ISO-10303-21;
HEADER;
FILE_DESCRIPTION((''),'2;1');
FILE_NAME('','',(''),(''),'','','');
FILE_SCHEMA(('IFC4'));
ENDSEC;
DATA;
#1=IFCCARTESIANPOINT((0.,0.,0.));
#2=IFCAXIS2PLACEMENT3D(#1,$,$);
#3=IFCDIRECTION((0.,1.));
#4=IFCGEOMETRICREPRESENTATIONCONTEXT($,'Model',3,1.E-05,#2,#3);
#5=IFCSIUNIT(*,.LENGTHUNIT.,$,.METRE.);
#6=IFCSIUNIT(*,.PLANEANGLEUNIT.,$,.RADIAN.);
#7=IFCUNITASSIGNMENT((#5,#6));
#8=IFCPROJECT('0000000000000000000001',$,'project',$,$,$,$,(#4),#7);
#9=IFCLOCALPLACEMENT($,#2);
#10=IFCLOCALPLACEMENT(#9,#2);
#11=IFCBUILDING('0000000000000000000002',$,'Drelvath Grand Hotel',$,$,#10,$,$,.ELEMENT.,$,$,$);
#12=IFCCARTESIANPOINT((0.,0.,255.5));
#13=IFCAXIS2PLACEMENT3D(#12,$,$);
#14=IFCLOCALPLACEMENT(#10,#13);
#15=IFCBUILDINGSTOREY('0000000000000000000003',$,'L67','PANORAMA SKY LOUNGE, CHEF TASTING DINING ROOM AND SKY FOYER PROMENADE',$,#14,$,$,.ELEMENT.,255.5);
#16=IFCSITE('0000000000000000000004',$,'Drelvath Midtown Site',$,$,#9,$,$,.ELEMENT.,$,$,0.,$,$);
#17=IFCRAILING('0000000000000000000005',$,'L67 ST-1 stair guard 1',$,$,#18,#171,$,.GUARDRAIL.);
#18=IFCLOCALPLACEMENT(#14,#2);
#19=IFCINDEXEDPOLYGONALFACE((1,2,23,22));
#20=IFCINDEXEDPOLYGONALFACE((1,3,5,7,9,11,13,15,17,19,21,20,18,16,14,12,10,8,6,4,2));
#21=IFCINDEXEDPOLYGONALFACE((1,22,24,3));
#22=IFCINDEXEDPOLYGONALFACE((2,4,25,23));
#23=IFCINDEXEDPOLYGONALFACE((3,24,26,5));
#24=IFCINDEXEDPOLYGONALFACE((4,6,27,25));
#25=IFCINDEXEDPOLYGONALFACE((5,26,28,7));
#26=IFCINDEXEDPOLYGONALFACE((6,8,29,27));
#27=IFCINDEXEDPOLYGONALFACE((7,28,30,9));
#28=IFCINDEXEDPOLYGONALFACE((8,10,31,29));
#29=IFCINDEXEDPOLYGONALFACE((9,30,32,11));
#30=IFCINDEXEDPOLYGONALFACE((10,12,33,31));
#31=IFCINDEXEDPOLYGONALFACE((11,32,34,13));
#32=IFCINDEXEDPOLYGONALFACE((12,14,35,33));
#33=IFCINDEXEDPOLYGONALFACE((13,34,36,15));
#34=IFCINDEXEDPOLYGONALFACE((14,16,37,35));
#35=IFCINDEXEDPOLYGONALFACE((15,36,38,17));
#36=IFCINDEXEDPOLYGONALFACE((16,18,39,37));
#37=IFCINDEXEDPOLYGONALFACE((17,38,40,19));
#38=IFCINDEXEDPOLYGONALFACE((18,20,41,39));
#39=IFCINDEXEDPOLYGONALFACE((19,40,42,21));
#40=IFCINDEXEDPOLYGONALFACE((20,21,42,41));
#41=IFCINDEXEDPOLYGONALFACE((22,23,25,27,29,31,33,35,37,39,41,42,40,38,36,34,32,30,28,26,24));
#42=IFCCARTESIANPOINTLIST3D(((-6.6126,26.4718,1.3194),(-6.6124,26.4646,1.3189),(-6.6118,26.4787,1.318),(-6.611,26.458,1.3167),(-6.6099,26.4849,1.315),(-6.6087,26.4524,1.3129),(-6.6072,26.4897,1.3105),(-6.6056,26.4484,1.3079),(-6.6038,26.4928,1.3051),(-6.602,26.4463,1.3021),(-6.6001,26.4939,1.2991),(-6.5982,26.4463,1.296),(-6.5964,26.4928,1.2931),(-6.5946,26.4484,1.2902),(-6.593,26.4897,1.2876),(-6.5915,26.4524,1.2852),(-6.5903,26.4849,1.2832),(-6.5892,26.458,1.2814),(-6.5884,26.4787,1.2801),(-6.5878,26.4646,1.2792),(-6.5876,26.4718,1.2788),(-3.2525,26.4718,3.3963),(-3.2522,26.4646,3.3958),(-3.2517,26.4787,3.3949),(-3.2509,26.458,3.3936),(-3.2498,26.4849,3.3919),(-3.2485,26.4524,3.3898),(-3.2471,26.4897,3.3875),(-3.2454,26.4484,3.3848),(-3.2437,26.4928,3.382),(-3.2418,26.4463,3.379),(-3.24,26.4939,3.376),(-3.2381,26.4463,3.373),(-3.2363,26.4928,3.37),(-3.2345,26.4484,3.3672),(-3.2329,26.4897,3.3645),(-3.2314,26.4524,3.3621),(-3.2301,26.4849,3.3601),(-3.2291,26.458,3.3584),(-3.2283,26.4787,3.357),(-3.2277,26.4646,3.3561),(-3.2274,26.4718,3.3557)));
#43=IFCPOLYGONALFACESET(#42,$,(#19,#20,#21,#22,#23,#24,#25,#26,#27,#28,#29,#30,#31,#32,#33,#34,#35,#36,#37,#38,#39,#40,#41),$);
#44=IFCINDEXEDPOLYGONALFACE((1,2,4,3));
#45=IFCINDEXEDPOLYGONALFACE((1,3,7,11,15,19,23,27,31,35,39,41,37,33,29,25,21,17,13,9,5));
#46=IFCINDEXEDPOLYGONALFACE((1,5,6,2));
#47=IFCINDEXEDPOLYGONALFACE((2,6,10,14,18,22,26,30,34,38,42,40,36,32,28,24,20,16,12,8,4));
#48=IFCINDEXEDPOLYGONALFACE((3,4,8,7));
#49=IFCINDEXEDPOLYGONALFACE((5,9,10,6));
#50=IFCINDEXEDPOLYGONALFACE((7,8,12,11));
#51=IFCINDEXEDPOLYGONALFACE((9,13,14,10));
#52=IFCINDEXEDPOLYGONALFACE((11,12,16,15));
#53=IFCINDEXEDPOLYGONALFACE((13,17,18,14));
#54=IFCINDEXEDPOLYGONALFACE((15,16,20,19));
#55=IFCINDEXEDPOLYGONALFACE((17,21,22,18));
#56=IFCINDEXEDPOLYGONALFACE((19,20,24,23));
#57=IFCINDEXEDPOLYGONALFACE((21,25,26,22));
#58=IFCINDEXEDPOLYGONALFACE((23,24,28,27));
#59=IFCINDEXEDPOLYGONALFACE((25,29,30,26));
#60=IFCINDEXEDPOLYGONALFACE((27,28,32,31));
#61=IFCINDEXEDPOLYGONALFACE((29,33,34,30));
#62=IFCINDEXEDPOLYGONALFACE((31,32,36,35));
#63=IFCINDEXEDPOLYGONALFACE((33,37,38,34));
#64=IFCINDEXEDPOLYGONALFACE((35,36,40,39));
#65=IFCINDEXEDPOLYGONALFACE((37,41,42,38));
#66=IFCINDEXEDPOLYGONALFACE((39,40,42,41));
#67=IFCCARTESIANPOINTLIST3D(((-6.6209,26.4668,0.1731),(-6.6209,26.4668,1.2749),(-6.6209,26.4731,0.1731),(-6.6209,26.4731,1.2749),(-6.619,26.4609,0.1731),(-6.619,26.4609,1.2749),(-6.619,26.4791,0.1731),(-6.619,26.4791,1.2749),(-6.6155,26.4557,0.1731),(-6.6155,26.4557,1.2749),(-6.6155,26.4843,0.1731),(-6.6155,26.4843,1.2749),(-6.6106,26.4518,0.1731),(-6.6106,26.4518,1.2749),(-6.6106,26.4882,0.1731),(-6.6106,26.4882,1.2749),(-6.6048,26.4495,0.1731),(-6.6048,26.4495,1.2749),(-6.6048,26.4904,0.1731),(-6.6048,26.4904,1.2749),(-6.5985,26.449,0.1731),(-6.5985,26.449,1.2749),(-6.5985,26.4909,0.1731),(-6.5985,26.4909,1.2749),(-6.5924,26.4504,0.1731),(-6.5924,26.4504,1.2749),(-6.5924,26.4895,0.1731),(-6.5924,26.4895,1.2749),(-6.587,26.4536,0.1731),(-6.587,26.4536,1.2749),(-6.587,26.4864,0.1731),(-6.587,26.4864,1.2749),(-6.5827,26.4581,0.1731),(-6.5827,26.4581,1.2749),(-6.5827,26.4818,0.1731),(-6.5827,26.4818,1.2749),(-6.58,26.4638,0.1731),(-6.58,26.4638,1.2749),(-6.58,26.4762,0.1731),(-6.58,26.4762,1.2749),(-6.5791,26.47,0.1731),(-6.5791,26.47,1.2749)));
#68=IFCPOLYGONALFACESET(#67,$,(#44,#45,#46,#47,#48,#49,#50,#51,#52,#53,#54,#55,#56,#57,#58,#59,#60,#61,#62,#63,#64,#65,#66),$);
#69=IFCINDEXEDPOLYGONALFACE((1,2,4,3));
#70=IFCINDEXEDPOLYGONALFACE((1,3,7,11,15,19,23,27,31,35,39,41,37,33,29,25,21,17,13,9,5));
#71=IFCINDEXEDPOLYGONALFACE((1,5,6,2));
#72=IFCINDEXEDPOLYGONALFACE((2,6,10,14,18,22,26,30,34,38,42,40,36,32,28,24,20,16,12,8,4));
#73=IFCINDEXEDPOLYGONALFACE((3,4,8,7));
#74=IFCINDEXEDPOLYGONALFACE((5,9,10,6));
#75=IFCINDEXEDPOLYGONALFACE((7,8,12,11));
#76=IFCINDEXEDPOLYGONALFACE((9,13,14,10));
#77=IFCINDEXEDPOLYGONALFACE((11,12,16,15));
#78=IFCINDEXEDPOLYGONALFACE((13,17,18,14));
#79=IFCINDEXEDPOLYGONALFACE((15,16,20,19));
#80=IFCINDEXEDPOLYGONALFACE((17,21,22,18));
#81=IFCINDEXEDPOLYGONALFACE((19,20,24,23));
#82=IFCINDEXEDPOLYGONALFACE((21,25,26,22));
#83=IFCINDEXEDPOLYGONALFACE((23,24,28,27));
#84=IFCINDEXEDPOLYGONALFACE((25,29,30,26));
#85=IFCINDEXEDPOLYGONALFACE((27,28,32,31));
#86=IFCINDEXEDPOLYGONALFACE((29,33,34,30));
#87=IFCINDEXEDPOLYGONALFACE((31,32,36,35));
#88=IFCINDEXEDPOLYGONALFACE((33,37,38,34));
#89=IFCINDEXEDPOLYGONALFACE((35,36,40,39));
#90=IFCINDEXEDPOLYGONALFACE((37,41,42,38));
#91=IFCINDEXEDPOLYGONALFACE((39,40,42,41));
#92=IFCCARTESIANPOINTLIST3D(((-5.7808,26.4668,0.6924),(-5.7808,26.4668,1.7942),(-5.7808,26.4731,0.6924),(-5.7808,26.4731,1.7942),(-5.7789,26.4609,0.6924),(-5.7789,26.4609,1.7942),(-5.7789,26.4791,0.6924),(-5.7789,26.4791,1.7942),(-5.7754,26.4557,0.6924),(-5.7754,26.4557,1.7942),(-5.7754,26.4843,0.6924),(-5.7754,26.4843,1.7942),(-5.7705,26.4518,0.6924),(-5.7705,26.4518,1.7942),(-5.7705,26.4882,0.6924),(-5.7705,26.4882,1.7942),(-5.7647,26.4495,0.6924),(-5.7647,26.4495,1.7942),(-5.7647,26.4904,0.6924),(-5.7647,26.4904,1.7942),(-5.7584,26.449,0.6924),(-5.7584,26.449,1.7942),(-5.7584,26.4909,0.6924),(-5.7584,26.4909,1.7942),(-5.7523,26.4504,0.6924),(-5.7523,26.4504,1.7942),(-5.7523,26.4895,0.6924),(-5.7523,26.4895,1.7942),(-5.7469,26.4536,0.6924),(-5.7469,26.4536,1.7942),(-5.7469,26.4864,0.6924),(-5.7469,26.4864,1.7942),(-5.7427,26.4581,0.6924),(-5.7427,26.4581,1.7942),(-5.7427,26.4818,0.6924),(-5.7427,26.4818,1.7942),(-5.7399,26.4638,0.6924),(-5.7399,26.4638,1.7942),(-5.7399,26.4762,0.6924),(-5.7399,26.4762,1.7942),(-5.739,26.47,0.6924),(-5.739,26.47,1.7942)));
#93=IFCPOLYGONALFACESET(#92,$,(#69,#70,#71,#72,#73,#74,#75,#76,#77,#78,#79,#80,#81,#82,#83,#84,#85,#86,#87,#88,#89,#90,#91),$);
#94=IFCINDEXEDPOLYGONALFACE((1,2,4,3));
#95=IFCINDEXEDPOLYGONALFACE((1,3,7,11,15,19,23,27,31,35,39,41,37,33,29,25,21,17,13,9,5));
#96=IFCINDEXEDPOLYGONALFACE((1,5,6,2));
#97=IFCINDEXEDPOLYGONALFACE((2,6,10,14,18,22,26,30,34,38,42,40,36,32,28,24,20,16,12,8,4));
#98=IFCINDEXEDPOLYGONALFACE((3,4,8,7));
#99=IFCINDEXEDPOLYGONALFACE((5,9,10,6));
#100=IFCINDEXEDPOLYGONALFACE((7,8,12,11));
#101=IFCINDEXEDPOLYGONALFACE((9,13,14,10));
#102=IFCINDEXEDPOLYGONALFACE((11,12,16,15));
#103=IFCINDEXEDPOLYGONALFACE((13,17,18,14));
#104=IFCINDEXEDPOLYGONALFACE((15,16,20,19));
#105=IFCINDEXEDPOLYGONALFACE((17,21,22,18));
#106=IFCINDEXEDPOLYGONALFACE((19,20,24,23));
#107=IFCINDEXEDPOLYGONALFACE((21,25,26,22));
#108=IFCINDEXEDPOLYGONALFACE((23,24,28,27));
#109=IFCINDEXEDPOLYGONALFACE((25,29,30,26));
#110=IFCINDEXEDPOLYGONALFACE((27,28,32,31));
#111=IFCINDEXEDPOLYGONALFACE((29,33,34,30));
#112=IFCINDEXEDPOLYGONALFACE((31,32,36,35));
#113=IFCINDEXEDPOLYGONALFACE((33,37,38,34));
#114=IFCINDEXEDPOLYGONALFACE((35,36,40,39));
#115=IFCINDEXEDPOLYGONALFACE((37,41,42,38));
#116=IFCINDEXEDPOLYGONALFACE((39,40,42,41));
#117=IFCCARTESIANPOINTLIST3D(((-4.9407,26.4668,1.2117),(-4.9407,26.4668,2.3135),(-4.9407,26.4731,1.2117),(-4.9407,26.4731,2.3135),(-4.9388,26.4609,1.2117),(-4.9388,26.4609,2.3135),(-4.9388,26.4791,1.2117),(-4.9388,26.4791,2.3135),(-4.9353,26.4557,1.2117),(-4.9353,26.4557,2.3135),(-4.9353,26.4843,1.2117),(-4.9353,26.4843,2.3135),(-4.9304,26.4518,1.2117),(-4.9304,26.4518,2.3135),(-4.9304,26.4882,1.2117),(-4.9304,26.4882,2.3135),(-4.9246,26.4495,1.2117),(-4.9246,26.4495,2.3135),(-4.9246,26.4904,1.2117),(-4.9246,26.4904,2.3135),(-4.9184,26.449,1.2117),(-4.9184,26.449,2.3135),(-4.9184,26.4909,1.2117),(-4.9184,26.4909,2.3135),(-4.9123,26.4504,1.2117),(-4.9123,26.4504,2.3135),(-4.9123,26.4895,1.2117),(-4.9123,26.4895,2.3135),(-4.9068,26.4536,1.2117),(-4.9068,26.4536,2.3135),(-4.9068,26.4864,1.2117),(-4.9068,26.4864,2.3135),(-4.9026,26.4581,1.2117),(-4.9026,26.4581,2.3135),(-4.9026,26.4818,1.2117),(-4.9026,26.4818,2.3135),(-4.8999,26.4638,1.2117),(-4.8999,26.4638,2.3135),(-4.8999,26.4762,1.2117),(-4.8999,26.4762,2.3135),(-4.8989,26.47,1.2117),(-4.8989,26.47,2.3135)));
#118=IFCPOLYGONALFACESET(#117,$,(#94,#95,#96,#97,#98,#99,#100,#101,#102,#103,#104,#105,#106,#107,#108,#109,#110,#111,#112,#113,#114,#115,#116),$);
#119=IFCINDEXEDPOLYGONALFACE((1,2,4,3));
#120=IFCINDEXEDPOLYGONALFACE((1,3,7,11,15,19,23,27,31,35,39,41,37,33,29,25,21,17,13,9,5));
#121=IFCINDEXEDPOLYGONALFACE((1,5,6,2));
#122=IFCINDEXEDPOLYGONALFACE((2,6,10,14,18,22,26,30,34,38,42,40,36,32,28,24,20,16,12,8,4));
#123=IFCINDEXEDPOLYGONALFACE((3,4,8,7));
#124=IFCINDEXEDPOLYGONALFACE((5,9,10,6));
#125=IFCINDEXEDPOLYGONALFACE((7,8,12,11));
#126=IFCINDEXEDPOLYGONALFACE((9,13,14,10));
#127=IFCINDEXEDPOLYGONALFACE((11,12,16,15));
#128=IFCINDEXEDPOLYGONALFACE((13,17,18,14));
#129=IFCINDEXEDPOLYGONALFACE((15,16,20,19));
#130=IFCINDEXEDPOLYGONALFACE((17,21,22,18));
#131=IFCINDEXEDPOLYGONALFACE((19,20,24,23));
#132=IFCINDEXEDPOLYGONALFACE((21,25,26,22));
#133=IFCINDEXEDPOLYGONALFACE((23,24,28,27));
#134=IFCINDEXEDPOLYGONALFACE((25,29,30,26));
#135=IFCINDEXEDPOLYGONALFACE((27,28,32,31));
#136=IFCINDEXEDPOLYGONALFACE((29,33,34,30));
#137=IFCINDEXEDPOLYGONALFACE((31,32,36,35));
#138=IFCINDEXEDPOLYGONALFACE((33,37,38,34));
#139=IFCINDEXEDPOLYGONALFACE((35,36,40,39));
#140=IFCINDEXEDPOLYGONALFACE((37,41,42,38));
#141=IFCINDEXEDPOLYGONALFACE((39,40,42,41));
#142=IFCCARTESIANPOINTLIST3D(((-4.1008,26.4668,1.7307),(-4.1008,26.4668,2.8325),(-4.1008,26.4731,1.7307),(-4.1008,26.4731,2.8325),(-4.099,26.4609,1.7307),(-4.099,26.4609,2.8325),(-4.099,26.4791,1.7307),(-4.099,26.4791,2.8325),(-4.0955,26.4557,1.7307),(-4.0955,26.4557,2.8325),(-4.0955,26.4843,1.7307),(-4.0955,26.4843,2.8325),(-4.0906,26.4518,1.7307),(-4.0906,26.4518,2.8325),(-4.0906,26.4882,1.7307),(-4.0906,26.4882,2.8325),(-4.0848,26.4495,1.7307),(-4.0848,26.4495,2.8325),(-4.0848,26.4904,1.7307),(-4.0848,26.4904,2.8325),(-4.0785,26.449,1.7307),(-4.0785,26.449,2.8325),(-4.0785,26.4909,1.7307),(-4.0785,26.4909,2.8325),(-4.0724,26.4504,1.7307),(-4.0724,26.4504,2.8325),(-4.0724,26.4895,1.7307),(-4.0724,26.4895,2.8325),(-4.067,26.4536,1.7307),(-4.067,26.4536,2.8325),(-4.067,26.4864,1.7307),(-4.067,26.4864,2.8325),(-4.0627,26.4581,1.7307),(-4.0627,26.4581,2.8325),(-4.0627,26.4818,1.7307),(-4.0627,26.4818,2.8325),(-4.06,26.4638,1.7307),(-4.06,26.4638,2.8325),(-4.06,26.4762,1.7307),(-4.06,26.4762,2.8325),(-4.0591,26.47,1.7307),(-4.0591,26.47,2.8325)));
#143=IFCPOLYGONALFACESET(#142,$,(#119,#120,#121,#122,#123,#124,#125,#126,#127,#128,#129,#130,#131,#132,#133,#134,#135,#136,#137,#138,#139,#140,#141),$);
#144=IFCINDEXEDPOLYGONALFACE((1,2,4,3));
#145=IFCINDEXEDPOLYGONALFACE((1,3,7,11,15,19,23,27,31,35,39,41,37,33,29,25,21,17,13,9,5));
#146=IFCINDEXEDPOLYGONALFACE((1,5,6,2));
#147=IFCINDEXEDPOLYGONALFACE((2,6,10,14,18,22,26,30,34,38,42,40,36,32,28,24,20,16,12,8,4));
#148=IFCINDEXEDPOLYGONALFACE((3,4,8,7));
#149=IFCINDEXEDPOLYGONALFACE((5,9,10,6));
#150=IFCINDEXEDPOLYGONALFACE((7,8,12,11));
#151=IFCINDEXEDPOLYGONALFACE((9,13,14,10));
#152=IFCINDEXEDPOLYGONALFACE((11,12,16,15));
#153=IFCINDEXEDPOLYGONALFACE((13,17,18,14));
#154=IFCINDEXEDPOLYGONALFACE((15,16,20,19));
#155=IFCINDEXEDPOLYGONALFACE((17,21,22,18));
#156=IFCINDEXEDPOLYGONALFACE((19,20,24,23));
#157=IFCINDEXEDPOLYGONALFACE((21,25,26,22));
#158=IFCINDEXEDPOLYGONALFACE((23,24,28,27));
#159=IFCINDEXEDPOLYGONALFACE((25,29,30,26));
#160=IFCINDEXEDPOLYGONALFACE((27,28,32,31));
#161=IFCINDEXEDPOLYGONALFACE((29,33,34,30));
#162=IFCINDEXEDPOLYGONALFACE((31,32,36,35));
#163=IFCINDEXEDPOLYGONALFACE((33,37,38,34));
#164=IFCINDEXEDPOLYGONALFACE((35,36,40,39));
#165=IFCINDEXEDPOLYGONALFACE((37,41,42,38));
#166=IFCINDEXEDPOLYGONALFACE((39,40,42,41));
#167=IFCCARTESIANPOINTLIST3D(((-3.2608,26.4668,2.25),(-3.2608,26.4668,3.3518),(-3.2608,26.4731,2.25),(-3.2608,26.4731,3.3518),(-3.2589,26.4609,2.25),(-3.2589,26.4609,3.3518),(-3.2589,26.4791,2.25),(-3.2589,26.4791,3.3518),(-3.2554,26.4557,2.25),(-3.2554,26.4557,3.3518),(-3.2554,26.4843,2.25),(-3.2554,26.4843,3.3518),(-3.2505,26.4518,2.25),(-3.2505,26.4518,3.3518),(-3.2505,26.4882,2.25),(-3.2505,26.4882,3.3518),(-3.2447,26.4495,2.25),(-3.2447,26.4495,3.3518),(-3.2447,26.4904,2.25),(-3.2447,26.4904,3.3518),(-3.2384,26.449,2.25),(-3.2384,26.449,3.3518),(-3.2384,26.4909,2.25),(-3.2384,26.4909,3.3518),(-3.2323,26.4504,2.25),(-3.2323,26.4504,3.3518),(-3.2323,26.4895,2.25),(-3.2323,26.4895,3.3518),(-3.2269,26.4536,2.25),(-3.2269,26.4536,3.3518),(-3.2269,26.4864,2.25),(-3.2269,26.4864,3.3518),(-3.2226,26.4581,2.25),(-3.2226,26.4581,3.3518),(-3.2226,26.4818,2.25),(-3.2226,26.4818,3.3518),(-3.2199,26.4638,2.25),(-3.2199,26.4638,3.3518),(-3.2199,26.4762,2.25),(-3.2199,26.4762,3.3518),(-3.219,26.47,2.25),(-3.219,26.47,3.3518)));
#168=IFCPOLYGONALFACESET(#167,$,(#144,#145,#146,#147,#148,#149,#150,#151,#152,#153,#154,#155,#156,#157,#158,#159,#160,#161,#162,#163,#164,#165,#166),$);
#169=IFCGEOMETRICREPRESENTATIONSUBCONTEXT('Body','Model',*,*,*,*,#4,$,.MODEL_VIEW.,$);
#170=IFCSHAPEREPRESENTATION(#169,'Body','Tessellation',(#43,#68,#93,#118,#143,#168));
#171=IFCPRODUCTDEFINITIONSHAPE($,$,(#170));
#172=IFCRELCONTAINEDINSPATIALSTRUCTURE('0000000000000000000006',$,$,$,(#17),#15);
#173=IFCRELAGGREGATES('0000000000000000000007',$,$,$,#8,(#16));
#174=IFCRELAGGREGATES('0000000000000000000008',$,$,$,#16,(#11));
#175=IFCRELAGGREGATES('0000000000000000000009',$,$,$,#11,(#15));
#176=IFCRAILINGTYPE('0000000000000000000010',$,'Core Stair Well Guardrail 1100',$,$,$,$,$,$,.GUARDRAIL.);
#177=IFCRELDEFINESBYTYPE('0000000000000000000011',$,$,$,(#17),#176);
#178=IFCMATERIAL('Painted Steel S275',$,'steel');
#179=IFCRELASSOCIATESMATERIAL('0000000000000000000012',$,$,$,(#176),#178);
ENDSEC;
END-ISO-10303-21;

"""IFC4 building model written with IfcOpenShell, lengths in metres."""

from ifc_helpers import new_model, si_unit, direction, frame, origin, origin_2d, place, context, subcontext, project, spatial, circle, extrude, material, type_object, element, save


model = new_model("IFC4")

# Units and contexts
model_context = context("Model", 3, precision=1e-05, world=origin(), true_north=direction((0.0, 1.0)))
body_context = subcontext(model_context, "Body", "Model", "MODEL_VIEW")
ifc_project = project(units=[si_unit("LENGTHUNIT", "METRE"), si_unit("PLANEANGLEUNIT", "RADIAN")], contexts=[model_context])

# Site, building, storey
site_placement = place(None, origin())
site = spatial("IfcSite", under=ifc_project, at=site_placement, Name="Drelvath Midtown Site", CompositionType="ELEMENT", RefElevation=0.0)
building_placement = place(site_placement, origin())
building = spatial("IfcBuilding", under=site, at=building_placement, Name="Drelvath Grand Hotel", CompositionType="ELEMENT")
storey_placement = place(building_placement, frame((0.0, 0.0, 255.5)))
storey = spatial("IfcBuildingStorey", under=building, at=storey_placement, Name="L67", Description="PANORAMA SKY LOUNGE, CHEF TASTING DINING ROOM AND SKY FOYER PROMENADE", CompositionType="ELEMENT", Elevation=255.5)

# Shared definitions
ifc_material_1 = material(Name="Painted Steel S275", Category="steel")

# Railing
railing_type_1 = type_object("IfcRailingType", Name="Core Stair Well Guardrail 1100", PredefinedType="GUARDRAIL", material=ifc_material_1)
railing_1_placement = place(storey_placement, frame((-6.6001, 26.47, 0.1731)))
element("IfcRailing", 1, at=railing_1_placement, inside=storey, type_object=railing_type_1, Name="L67 ST-1 stair guard 1", PredefinedType="GUARDRAIL", context=body_context, shape_type="SweptSolid", body=[
    extrude(circle(Radius=0.0239, at=origin_2d()), frame((0.0, 0.0, 1.126), z_axis=(0.850623, 0.0, 0.525776), x_axis=(0.0, 1.0, 0.0)), (0.0, 0.0, 1.0), 3.9502),
    extrude(circle(Radius=0.021, at=origin_2d()), origin(), (0.0, 0.0, 1.0), 1.1018),
    extrude(circle(Radius=0.021, at=origin_2d()), frame((0.8401, 0.0, 0.5193)), (0.0, 0.0, 1.0), 1.1018),
    extrude(circle(Radius=0.021, at=origin_2d()), frame((1.6802, 0.0, 1.0386)), (0.0, 0.0, 1.0), 1.1018),
    extrude(circle(Radius=0.021, at=origin_2d()), frame((2.52, 0.0, 1.5576)), (0.0, 0.0, 1.0), 1.1018),
    extrude(circle(Radius=0.021, at=origin_2d()), frame((3.3601, 0.0, 2.0769)), (0.0, 0.0, 1.0), 1.1018),
])

save(model, "model.ifc")
